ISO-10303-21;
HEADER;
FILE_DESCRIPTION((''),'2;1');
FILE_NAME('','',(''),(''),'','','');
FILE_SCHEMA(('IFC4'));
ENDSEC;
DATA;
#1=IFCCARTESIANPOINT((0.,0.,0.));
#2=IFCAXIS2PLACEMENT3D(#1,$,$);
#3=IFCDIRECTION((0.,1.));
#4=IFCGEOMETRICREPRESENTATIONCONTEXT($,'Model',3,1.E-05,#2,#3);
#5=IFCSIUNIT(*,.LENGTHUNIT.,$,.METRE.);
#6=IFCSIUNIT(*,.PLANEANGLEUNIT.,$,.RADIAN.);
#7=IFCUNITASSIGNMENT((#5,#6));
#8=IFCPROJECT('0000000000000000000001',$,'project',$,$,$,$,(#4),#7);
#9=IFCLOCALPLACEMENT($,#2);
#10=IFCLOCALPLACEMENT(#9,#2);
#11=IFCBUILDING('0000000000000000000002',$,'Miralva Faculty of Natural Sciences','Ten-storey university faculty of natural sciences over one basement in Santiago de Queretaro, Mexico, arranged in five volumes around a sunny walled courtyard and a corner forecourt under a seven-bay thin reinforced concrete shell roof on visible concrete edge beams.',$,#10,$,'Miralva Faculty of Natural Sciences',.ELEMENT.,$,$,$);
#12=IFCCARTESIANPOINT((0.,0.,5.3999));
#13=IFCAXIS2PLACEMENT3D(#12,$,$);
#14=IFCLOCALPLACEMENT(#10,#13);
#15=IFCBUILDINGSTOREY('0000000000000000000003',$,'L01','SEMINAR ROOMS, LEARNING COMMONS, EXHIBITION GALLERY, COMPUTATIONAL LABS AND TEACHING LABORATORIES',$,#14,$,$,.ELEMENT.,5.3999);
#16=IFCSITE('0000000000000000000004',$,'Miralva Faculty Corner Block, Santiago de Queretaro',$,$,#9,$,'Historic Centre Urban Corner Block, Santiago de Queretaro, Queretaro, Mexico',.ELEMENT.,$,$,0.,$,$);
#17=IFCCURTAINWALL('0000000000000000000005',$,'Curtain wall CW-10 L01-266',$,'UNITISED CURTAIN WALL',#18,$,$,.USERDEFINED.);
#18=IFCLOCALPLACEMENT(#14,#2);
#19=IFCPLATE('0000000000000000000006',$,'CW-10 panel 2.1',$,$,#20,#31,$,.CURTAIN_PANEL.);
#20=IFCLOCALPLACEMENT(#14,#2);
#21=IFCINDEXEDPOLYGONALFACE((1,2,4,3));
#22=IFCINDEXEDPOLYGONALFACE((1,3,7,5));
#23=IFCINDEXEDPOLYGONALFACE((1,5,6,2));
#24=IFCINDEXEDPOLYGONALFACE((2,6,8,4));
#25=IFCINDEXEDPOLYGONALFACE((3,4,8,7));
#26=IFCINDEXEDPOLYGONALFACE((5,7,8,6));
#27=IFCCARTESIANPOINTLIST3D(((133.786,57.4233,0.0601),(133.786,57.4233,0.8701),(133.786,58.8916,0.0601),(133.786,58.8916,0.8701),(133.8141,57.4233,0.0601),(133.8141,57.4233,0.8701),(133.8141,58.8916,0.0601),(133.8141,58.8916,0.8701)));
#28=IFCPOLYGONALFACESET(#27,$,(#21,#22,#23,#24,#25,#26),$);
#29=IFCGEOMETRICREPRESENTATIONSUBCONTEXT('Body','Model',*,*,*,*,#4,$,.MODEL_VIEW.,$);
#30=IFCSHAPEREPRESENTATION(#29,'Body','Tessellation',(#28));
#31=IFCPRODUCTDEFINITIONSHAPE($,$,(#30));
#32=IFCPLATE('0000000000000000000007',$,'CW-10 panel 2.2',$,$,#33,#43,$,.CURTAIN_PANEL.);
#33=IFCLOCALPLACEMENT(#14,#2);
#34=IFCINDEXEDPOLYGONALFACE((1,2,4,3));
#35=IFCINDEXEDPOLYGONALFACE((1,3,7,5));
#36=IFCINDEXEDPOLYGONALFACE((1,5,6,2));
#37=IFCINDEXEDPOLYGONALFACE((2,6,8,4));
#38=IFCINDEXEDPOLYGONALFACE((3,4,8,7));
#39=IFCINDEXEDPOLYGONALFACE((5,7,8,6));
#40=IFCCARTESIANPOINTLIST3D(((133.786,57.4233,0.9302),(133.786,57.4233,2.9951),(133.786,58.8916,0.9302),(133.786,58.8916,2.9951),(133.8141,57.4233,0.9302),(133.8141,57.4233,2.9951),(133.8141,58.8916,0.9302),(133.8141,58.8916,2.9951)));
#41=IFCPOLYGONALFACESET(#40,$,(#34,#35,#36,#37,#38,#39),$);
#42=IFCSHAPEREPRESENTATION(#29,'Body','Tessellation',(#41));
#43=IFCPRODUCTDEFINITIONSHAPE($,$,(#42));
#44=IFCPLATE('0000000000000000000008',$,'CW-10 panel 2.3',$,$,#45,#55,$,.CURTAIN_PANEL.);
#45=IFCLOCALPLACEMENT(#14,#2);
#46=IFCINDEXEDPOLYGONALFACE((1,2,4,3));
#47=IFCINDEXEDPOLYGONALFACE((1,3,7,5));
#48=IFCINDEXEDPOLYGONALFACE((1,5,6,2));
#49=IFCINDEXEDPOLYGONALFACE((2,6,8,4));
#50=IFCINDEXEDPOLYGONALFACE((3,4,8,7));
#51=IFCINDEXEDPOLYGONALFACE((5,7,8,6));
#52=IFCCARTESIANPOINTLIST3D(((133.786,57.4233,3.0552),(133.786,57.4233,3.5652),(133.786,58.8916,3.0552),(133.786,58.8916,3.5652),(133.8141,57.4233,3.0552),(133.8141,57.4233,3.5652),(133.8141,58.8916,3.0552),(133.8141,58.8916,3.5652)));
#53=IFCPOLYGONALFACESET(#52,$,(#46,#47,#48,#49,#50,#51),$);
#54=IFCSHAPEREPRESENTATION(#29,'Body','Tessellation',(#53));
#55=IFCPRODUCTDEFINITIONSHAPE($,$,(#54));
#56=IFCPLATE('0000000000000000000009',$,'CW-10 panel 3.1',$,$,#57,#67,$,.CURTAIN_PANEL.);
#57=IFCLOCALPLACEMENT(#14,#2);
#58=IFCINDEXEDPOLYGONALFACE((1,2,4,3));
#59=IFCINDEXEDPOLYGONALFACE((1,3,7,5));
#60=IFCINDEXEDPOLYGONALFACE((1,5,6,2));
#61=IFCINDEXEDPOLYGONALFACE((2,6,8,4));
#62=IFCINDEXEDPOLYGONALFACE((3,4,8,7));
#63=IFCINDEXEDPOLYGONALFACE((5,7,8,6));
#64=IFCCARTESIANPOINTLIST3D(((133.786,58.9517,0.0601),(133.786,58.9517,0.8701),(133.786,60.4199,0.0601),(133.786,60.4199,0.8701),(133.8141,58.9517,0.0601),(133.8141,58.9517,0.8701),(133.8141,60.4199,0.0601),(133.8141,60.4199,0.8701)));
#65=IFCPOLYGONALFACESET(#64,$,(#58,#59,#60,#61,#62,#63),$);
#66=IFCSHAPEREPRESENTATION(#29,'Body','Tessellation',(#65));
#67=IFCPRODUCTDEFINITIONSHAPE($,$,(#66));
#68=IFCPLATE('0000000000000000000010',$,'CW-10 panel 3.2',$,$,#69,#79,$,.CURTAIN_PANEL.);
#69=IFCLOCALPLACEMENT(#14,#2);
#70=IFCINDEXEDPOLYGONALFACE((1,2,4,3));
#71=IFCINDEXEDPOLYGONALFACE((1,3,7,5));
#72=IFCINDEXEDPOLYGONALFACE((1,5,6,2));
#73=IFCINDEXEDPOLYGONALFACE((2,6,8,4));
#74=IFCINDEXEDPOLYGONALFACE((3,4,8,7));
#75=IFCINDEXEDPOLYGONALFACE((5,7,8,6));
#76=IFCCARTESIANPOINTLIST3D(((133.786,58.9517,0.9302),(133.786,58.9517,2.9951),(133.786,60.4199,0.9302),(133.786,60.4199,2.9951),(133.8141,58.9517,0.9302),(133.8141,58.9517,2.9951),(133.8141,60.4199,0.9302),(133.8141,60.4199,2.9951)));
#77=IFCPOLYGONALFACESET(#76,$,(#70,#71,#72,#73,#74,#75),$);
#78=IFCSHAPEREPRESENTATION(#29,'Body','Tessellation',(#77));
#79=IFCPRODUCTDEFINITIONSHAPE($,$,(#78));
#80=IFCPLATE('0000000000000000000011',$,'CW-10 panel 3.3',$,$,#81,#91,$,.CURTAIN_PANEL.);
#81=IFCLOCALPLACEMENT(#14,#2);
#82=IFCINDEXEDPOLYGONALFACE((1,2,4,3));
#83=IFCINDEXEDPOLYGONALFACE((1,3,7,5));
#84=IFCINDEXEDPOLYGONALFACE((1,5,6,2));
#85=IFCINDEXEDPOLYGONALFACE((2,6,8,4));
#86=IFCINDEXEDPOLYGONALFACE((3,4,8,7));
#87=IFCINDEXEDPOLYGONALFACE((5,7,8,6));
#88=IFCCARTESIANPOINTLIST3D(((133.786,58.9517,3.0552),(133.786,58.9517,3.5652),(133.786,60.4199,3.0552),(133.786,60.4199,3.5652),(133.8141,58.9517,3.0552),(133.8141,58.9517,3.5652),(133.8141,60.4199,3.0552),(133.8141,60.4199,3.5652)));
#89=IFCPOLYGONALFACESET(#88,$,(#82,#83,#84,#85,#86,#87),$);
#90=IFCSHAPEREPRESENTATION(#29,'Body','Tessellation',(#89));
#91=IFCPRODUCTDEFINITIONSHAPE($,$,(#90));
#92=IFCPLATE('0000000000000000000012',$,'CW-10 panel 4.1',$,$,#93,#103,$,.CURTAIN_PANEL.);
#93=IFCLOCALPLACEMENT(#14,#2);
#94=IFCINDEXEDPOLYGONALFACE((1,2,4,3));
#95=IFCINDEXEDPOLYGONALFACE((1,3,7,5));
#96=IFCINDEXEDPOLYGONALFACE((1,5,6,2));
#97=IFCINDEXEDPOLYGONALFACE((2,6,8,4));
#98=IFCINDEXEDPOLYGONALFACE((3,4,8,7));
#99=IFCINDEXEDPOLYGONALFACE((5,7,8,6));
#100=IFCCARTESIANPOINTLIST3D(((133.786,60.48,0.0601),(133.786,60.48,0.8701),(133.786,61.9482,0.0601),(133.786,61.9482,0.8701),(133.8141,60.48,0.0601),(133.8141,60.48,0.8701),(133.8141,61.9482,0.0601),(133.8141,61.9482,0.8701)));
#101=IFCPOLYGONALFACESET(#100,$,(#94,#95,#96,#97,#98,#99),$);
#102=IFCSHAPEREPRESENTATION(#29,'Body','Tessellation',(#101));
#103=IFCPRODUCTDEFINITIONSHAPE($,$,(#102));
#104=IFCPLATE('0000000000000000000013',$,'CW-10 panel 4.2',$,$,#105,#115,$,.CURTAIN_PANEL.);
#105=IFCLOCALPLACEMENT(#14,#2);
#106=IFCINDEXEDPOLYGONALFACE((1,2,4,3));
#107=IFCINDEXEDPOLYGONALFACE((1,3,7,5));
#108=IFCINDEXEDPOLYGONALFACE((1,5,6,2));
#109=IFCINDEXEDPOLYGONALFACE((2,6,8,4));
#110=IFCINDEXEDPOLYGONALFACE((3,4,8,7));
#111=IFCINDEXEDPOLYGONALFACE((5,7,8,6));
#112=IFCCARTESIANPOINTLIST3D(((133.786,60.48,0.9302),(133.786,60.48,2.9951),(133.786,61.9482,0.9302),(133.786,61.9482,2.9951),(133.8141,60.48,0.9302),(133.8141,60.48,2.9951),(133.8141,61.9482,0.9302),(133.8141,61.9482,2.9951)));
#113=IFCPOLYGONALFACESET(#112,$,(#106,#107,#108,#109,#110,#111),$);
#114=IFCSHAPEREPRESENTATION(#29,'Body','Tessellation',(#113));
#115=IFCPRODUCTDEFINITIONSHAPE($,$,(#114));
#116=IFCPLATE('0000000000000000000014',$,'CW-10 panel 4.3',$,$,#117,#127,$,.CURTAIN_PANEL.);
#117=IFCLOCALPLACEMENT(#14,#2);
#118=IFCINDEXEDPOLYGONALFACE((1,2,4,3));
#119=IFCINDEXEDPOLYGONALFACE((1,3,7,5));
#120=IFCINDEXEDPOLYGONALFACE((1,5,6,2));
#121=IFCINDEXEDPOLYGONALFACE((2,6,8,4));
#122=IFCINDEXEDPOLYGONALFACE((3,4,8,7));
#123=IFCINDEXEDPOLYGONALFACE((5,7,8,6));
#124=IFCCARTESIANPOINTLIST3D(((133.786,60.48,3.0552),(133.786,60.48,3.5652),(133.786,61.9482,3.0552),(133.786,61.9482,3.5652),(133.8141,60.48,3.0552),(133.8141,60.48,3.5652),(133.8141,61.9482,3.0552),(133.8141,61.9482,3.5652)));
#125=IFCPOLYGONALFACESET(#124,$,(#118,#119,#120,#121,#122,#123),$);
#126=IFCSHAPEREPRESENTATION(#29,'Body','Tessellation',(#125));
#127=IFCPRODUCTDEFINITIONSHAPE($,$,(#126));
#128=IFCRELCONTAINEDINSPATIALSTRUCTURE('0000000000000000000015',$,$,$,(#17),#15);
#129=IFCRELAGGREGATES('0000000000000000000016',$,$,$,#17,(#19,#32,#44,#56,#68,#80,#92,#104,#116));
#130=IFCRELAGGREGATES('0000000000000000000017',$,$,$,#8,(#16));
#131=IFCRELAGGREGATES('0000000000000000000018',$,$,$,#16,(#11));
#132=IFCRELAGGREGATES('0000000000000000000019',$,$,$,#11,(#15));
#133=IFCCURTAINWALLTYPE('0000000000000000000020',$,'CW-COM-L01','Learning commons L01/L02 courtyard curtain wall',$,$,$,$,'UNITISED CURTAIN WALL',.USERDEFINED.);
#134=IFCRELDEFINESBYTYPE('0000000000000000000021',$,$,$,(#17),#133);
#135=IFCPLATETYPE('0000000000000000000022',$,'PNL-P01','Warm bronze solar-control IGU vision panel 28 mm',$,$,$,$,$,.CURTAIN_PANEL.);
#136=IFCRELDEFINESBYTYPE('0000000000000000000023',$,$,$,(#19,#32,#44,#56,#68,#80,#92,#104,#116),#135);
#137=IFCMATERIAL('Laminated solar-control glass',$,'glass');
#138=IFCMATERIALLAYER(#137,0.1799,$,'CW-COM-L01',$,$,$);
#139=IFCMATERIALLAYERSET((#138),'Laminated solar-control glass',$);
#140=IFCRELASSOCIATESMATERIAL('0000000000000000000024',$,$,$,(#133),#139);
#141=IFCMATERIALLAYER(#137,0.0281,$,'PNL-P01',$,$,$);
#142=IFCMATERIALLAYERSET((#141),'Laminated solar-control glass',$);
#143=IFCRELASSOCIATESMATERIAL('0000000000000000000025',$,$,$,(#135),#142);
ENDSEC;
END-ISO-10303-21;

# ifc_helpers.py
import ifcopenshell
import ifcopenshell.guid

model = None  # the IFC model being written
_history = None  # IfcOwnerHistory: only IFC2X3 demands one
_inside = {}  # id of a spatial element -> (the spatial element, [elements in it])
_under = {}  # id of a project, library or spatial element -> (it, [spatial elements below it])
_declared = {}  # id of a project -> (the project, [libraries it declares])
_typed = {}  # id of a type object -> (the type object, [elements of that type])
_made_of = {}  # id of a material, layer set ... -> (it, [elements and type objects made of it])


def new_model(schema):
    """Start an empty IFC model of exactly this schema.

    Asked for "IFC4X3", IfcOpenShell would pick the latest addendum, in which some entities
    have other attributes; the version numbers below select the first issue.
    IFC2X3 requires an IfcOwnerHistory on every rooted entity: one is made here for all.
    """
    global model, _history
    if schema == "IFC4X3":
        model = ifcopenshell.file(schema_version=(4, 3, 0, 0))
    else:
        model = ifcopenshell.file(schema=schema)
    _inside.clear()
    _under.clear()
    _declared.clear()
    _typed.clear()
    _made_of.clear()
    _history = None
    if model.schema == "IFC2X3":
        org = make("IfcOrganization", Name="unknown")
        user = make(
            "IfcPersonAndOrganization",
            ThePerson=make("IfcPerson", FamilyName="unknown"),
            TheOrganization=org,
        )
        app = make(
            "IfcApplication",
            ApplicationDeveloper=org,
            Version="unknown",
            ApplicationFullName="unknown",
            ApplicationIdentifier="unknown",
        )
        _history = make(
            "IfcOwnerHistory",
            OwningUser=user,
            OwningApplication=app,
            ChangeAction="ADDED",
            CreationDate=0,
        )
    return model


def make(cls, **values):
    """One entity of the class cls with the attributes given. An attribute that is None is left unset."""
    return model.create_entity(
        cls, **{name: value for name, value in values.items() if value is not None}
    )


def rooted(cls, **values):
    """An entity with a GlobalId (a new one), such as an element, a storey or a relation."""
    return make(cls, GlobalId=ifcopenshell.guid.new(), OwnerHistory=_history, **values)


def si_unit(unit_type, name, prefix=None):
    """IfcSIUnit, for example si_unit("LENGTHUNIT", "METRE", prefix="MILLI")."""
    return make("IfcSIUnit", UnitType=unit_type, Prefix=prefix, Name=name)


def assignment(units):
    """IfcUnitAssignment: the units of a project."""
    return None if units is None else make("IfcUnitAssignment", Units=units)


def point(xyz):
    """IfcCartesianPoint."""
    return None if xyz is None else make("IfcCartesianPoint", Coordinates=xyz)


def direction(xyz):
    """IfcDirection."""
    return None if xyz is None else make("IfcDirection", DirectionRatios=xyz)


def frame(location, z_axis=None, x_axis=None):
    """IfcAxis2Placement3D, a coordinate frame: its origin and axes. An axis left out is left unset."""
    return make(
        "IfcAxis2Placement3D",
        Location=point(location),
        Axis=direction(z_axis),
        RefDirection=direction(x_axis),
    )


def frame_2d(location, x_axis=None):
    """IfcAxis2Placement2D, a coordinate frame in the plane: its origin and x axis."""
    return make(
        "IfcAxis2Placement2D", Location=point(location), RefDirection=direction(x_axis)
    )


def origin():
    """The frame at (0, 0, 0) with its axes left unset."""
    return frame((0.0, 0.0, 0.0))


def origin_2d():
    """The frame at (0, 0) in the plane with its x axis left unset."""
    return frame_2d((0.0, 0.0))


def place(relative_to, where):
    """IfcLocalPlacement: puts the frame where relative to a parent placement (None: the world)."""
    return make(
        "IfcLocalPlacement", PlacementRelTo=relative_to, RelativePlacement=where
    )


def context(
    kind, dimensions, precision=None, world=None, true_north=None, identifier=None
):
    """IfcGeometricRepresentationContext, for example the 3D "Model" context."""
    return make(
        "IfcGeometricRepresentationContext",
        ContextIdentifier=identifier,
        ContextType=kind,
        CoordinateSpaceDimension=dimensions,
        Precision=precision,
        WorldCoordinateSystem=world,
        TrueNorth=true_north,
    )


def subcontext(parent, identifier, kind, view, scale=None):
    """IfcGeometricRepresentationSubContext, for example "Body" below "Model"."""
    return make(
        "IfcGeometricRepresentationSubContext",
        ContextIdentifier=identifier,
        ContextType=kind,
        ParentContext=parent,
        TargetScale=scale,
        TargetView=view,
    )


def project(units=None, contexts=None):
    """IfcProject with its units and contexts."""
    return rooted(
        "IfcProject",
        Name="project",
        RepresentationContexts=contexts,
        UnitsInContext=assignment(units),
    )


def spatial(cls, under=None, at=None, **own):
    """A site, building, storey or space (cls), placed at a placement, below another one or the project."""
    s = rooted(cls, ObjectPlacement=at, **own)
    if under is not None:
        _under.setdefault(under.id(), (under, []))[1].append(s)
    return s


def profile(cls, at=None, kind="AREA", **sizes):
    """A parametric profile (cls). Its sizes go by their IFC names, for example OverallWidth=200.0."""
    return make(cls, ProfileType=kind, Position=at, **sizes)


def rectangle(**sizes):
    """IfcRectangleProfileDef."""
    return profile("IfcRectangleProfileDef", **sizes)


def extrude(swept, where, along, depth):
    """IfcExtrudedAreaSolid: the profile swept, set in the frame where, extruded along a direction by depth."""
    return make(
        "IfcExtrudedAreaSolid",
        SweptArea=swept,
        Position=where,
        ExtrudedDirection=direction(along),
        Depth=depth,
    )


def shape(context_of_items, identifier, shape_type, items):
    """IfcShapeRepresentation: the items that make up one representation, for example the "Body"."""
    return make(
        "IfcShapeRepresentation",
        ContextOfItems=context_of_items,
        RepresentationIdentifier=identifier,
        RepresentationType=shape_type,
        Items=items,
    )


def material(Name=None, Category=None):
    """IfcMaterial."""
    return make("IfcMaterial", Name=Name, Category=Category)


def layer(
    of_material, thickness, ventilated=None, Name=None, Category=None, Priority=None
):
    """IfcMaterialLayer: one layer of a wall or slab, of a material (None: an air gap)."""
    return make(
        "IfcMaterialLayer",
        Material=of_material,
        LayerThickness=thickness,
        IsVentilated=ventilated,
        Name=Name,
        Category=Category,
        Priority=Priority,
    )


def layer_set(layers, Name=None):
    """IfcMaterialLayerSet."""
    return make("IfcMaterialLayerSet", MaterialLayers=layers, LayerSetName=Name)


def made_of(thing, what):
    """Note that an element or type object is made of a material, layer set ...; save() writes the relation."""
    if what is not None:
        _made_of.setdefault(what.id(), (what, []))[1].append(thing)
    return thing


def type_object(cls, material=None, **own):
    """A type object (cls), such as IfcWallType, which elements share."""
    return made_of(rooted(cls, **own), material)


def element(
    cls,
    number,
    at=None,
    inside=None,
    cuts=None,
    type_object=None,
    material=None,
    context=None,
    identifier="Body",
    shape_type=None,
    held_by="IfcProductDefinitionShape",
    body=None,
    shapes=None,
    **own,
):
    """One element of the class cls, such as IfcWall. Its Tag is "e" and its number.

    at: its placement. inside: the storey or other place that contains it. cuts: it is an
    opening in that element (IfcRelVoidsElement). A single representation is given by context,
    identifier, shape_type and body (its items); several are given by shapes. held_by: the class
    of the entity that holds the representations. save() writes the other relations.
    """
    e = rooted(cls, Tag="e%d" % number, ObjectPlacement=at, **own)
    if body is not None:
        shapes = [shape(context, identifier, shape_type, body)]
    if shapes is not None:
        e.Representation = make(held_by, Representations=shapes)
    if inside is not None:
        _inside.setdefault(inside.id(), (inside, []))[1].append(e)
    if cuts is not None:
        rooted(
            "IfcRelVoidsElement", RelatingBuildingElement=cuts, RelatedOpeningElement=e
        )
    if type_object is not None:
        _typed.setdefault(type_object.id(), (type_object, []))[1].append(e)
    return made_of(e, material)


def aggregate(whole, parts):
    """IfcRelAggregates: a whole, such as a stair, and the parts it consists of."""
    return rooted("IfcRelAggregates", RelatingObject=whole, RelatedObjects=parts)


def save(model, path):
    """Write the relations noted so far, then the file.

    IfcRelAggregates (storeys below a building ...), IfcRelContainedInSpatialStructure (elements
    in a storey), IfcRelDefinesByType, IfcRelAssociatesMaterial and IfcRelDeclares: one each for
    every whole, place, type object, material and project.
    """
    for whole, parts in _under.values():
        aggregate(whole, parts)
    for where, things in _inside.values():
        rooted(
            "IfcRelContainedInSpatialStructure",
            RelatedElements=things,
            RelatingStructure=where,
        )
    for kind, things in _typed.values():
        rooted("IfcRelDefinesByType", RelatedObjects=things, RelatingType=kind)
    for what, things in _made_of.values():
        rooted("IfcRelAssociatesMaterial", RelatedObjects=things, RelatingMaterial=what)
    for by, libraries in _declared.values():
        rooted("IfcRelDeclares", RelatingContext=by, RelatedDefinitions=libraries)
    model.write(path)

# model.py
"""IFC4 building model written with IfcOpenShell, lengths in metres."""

from ifc_helpers import new_model, si_unit, direction, frame, origin, origin_2d, place, context, subcontext, project, spatial, rectangle, extrude, material, layer, layer_set, type_object, element, aggregate, save


model = new_model("IFC4")

# Units and contexts
model_context = context("Model", 3, precision=1e-05, world=origin(), true_north=direction((0.0, 1.0)))
body_context = subcontext(model_context, "Body", "Model", "MODEL_VIEW")
ifc_project = project(units=[si_unit("LENGTHUNIT", "METRE"), si_unit("PLANEANGLEUNIT", "RADIAN")], contexts=[model_context])

# Site, building, storey
site_placement = place(None, origin())
site = spatial("IfcSite", under=ifc_project, at=site_placement, Name="Miralva Faculty Corner Block, Santiago de Queretaro", LongName="Historic Centre Urban Corner Block, Santiago de Queretaro, Queretaro, Mexico", CompositionType="ELEMENT", RefElevation=0.0)
building_placement = place(site_placement, origin())
building = spatial("IfcBuilding", under=site, at=building_placement, Name="Miralva Faculty of Natural Sciences", Description="Ten-storey university faculty of natural sciences over one basement in Santiago de Queretaro, Mexico, arranged in five volumes around a sunny walled courtyard and a corner forecourt under a seven-bay thin reinforced concrete shell roof on visible concrete edge beams.", LongName="Miralva Faculty of Natural Sciences", CompositionType="ELEMENT")
storey_placement = place(building_placement, frame((0.0, 0.0, 5.3999)))
storey = spatial("IfcBuildingStorey", under=building, at=storey_placement, Name="L01", Description="SEMINAR ROOMS, LEARNING COMMONS, EXHIBITION GALLERY, COMPUTATIONAL LABS AND TEACHING LABORATORIES", CompositionType="ELEMENT", Elevation=5.3999)

# Curtain wall, plates
ifc_material_1 = material(Name="Laminated solar-control glass", Category="glass")
ifc_layer_1 = layer(ifc_material_1, 0.1799, Name="CW-COM-L01")
ifc_layer_set_1 = layer_set([ifc_layer_1], Name="Laminated solar-control glass")
curtain_wall_type = type_object("IfcCurtainWallType", Name="CW-COM-L01", Description="Learning commons L01/L02 courtyard curtain wall", ElementType="UNITISED CURTAIN WALL", PredefinedType="USERDEFINED", material=ifc_layer_set_1)
curtain_wall_placement = place(storey_placement, origin())
curtain_wall = element("IfcCurtainWall", 1, at=curtain_wall_placement, inside=storey, type_object=curtain_wall_type, Name="Curtain wall CW-10 L01-266", ObjectType="UNITISED CURTAIN WALL", PredefinedType="USERDEFINED")
ifc_layer_2 = layer(ifc_material_1, 0.0281, Name="PNL-P01")
ifc_layer_set_2 = layer_set([ifc_layer_2], Name="Laminated solar-control glass")
plate_type = type_object("IfcPlateType", Name="PNL-P01", Description="Warm bronze solar-control IGU vision panel 28 mm", PredefinedType="CURTAIN_PANEL", material=ifc_layer_set_2)
plate_1_placement = place(storey_placement, frame((133.8, 58.1575, 0.0601), z_axis=(0.0, 0.0, 1.0), x_axis=(0.0, 1.0, 0.0)))
plate_1 = element("IfcPlate", 2, at=plate_1_placement, type_object=plate_type, Name="CW-10 panel 2.1", PredefinedType="CURTAIN_PANEL", context=body_context, shape_type="SweptSolid", body=[
    extrude(rectangle(XDim=1.4683, YDim=0.0281, at=origin_2d()), origin(), (0.0, 0.0, 1.0), 0.8101),
])
plate_2_placement = place(storey_placement, frame((133.8, 58.1575, 0.9302), z_axis=(0.0, 0.0, 1.0), x_axis=(0.0, 1.0, 0.0)))
plate_2 = element("IfcPlate", 3, at=plate_2_placement, type_object=plate_type, Name="CW-10 panel 2.2", PredefinedType="CURTAIN_PANEL", context=body_context, shape_type="SweptSolid", body=[
    extrude(rectangle(XDim=1.4683, YDim=0.0281, at=origin_2d()), origin(), (0.0, 0.0, 1.0), 2.0649),
])
plate_3_placement = place(storey_placement, frame((133.8, 58.1575, 3.0552), z_axis=(0.0, 0.0, 1.0), x_axis=(0.0, 1.0, 0.0)))
plate_3 = element("IfcPlate", 4, at=plate_3_placement, type_object=plate_type, Name="CW-10 panel 2.3", PredefinedType="CURTAIN_PANEL", context=body_context, shape_type="SweptSolid", body=[
    extrude(rectangle(XDim=1.4683, YDim=0.0281, at=origin_2d()), origin(), (0.0, 0.0, 1.0), 0.51),
])
plate_4_placement = place(storey_placement, frame((133.8, 59.6858, 0.0601), z_axis=(0.0, 0.0, 1.0), x_axis=(0.0, 1.0, 0.0)))
plate_4 = element("IfcPlate", 5, at=plate_4_placement, type_object=plate_type, Name="CW-10 panel 3.1", PredefinedType="CURTAIN_PANEL", context=body_context, shape_type="SweptSolid", body=[
    extrude(rectangle(XDim=1.4683, YDim=0.0281, at=origin_2d()), origin(), (0.0, 0.0, 1.0), 0.8101),
])
plate_5_placement = place(storey_placement, frame((133.8, 59.6858, 0.9302), z_axis=(0.0, 0.0, 1.0), x_axis=(0.0, 1.0, 0.0)))
plate_5 = element("IfcPlate", 6, at=plate_5_placement, type_object=plate_type, Name="CW-10 panel 3.2", PredefinedType="CURTAIN_PANEL", context=body_context, shape_type="SweptSolid", body=[
    extrude(rectangle(XDim=1.4683, YDim=0.0281, at=origin_2d()), origin(), (0.0, 0.0, 1.0), 2.0649),
])
plate_6_placement = place(storey_placement, frame((133.8, 59.6858, 3.0552), z_axis=(0.0, 0.0, 1.0), x_axis=(0.0, 1.0, 0.0)))
plate_6 = element("IfcPlate", 7, at=plate_6_placement, type_object=plate_type, Name="CW-10 panel 3.3", PredefinedType="CURTAIN_PANEL", context=body_context, shape_type="SweptSolid", body=[
    extrude(rectangle(XDim=1.4683, YDim=0.0281, at=origin_2d()), origin(), (0.0, 0.0, 1.0), 0.51),
])
plate_7_placement = place(storey_placement, frame((133.8, 61.2141, 0.0601), z_axis=(0.0, 0.0, 1.0), x_axis=(0.0, 1.0, 0.0)))
plate_7 = element("IfcPlate", 8, at=plate_7_placement, type_object=plate_type, Name="CW-10 panel 4.1", PredefinedType="CURTAIN_PANEL", context=body_context, shape_type="SweptSolid", body=[
    extrude(rectangle(XDim=1.4683, YDim=0.0281, at=origin_2d()), origin(), (0.0, 0.0, 1.0), 0.8101),
])
plate_8_placement = place(storey_placement, frame((133.8, 61.2141, 0.9302), z_axis=(0.0, 0.0, 1.0), x_axis=(0.0, 1.0, 0.0)))
plate_8 = element("IfcPlate", 9, at=plate_8_placement, type_object=plate_type, Name="CW-10 panel 4.2", PredefinedType="CURTAIN_PANEL", context=body_context, shape_type="SweptSolid", body=[
    extrude(rectangle(XDim=1.4683, YDim=0.0281, at=origin_2d()), origin(), (0.0, 0.0, 1.0), 2.0649),
])
plate_9_placement = place(storey_placement, frame((133.8, 61.2141, 3.0552), z_axis=(0.0, 0.0, 1.0), x_axis=(0.0, 1.0, 0.0)))
plate_9 = element("IfcPlate", 10, at=plate_9_placement, type_object=plate_type, Name="CW-10 panel 4.3", PredefinedType="CURTAIN_PANEL", context=body_context, shape_type="SweptSolid", body=[
    extrude(rectangle(XDim=1.4683, YDim=0.0281, at=origin_2d()), origin(), (0.0, 0.0, 1.0), 0.51),
])
aggregate(curtain_wall, [plate_1, plate_2, plate_3, plate_4, plate_5, plate_6, plate_7, plate_8, plate_9])

save(model, "model.ifc")
